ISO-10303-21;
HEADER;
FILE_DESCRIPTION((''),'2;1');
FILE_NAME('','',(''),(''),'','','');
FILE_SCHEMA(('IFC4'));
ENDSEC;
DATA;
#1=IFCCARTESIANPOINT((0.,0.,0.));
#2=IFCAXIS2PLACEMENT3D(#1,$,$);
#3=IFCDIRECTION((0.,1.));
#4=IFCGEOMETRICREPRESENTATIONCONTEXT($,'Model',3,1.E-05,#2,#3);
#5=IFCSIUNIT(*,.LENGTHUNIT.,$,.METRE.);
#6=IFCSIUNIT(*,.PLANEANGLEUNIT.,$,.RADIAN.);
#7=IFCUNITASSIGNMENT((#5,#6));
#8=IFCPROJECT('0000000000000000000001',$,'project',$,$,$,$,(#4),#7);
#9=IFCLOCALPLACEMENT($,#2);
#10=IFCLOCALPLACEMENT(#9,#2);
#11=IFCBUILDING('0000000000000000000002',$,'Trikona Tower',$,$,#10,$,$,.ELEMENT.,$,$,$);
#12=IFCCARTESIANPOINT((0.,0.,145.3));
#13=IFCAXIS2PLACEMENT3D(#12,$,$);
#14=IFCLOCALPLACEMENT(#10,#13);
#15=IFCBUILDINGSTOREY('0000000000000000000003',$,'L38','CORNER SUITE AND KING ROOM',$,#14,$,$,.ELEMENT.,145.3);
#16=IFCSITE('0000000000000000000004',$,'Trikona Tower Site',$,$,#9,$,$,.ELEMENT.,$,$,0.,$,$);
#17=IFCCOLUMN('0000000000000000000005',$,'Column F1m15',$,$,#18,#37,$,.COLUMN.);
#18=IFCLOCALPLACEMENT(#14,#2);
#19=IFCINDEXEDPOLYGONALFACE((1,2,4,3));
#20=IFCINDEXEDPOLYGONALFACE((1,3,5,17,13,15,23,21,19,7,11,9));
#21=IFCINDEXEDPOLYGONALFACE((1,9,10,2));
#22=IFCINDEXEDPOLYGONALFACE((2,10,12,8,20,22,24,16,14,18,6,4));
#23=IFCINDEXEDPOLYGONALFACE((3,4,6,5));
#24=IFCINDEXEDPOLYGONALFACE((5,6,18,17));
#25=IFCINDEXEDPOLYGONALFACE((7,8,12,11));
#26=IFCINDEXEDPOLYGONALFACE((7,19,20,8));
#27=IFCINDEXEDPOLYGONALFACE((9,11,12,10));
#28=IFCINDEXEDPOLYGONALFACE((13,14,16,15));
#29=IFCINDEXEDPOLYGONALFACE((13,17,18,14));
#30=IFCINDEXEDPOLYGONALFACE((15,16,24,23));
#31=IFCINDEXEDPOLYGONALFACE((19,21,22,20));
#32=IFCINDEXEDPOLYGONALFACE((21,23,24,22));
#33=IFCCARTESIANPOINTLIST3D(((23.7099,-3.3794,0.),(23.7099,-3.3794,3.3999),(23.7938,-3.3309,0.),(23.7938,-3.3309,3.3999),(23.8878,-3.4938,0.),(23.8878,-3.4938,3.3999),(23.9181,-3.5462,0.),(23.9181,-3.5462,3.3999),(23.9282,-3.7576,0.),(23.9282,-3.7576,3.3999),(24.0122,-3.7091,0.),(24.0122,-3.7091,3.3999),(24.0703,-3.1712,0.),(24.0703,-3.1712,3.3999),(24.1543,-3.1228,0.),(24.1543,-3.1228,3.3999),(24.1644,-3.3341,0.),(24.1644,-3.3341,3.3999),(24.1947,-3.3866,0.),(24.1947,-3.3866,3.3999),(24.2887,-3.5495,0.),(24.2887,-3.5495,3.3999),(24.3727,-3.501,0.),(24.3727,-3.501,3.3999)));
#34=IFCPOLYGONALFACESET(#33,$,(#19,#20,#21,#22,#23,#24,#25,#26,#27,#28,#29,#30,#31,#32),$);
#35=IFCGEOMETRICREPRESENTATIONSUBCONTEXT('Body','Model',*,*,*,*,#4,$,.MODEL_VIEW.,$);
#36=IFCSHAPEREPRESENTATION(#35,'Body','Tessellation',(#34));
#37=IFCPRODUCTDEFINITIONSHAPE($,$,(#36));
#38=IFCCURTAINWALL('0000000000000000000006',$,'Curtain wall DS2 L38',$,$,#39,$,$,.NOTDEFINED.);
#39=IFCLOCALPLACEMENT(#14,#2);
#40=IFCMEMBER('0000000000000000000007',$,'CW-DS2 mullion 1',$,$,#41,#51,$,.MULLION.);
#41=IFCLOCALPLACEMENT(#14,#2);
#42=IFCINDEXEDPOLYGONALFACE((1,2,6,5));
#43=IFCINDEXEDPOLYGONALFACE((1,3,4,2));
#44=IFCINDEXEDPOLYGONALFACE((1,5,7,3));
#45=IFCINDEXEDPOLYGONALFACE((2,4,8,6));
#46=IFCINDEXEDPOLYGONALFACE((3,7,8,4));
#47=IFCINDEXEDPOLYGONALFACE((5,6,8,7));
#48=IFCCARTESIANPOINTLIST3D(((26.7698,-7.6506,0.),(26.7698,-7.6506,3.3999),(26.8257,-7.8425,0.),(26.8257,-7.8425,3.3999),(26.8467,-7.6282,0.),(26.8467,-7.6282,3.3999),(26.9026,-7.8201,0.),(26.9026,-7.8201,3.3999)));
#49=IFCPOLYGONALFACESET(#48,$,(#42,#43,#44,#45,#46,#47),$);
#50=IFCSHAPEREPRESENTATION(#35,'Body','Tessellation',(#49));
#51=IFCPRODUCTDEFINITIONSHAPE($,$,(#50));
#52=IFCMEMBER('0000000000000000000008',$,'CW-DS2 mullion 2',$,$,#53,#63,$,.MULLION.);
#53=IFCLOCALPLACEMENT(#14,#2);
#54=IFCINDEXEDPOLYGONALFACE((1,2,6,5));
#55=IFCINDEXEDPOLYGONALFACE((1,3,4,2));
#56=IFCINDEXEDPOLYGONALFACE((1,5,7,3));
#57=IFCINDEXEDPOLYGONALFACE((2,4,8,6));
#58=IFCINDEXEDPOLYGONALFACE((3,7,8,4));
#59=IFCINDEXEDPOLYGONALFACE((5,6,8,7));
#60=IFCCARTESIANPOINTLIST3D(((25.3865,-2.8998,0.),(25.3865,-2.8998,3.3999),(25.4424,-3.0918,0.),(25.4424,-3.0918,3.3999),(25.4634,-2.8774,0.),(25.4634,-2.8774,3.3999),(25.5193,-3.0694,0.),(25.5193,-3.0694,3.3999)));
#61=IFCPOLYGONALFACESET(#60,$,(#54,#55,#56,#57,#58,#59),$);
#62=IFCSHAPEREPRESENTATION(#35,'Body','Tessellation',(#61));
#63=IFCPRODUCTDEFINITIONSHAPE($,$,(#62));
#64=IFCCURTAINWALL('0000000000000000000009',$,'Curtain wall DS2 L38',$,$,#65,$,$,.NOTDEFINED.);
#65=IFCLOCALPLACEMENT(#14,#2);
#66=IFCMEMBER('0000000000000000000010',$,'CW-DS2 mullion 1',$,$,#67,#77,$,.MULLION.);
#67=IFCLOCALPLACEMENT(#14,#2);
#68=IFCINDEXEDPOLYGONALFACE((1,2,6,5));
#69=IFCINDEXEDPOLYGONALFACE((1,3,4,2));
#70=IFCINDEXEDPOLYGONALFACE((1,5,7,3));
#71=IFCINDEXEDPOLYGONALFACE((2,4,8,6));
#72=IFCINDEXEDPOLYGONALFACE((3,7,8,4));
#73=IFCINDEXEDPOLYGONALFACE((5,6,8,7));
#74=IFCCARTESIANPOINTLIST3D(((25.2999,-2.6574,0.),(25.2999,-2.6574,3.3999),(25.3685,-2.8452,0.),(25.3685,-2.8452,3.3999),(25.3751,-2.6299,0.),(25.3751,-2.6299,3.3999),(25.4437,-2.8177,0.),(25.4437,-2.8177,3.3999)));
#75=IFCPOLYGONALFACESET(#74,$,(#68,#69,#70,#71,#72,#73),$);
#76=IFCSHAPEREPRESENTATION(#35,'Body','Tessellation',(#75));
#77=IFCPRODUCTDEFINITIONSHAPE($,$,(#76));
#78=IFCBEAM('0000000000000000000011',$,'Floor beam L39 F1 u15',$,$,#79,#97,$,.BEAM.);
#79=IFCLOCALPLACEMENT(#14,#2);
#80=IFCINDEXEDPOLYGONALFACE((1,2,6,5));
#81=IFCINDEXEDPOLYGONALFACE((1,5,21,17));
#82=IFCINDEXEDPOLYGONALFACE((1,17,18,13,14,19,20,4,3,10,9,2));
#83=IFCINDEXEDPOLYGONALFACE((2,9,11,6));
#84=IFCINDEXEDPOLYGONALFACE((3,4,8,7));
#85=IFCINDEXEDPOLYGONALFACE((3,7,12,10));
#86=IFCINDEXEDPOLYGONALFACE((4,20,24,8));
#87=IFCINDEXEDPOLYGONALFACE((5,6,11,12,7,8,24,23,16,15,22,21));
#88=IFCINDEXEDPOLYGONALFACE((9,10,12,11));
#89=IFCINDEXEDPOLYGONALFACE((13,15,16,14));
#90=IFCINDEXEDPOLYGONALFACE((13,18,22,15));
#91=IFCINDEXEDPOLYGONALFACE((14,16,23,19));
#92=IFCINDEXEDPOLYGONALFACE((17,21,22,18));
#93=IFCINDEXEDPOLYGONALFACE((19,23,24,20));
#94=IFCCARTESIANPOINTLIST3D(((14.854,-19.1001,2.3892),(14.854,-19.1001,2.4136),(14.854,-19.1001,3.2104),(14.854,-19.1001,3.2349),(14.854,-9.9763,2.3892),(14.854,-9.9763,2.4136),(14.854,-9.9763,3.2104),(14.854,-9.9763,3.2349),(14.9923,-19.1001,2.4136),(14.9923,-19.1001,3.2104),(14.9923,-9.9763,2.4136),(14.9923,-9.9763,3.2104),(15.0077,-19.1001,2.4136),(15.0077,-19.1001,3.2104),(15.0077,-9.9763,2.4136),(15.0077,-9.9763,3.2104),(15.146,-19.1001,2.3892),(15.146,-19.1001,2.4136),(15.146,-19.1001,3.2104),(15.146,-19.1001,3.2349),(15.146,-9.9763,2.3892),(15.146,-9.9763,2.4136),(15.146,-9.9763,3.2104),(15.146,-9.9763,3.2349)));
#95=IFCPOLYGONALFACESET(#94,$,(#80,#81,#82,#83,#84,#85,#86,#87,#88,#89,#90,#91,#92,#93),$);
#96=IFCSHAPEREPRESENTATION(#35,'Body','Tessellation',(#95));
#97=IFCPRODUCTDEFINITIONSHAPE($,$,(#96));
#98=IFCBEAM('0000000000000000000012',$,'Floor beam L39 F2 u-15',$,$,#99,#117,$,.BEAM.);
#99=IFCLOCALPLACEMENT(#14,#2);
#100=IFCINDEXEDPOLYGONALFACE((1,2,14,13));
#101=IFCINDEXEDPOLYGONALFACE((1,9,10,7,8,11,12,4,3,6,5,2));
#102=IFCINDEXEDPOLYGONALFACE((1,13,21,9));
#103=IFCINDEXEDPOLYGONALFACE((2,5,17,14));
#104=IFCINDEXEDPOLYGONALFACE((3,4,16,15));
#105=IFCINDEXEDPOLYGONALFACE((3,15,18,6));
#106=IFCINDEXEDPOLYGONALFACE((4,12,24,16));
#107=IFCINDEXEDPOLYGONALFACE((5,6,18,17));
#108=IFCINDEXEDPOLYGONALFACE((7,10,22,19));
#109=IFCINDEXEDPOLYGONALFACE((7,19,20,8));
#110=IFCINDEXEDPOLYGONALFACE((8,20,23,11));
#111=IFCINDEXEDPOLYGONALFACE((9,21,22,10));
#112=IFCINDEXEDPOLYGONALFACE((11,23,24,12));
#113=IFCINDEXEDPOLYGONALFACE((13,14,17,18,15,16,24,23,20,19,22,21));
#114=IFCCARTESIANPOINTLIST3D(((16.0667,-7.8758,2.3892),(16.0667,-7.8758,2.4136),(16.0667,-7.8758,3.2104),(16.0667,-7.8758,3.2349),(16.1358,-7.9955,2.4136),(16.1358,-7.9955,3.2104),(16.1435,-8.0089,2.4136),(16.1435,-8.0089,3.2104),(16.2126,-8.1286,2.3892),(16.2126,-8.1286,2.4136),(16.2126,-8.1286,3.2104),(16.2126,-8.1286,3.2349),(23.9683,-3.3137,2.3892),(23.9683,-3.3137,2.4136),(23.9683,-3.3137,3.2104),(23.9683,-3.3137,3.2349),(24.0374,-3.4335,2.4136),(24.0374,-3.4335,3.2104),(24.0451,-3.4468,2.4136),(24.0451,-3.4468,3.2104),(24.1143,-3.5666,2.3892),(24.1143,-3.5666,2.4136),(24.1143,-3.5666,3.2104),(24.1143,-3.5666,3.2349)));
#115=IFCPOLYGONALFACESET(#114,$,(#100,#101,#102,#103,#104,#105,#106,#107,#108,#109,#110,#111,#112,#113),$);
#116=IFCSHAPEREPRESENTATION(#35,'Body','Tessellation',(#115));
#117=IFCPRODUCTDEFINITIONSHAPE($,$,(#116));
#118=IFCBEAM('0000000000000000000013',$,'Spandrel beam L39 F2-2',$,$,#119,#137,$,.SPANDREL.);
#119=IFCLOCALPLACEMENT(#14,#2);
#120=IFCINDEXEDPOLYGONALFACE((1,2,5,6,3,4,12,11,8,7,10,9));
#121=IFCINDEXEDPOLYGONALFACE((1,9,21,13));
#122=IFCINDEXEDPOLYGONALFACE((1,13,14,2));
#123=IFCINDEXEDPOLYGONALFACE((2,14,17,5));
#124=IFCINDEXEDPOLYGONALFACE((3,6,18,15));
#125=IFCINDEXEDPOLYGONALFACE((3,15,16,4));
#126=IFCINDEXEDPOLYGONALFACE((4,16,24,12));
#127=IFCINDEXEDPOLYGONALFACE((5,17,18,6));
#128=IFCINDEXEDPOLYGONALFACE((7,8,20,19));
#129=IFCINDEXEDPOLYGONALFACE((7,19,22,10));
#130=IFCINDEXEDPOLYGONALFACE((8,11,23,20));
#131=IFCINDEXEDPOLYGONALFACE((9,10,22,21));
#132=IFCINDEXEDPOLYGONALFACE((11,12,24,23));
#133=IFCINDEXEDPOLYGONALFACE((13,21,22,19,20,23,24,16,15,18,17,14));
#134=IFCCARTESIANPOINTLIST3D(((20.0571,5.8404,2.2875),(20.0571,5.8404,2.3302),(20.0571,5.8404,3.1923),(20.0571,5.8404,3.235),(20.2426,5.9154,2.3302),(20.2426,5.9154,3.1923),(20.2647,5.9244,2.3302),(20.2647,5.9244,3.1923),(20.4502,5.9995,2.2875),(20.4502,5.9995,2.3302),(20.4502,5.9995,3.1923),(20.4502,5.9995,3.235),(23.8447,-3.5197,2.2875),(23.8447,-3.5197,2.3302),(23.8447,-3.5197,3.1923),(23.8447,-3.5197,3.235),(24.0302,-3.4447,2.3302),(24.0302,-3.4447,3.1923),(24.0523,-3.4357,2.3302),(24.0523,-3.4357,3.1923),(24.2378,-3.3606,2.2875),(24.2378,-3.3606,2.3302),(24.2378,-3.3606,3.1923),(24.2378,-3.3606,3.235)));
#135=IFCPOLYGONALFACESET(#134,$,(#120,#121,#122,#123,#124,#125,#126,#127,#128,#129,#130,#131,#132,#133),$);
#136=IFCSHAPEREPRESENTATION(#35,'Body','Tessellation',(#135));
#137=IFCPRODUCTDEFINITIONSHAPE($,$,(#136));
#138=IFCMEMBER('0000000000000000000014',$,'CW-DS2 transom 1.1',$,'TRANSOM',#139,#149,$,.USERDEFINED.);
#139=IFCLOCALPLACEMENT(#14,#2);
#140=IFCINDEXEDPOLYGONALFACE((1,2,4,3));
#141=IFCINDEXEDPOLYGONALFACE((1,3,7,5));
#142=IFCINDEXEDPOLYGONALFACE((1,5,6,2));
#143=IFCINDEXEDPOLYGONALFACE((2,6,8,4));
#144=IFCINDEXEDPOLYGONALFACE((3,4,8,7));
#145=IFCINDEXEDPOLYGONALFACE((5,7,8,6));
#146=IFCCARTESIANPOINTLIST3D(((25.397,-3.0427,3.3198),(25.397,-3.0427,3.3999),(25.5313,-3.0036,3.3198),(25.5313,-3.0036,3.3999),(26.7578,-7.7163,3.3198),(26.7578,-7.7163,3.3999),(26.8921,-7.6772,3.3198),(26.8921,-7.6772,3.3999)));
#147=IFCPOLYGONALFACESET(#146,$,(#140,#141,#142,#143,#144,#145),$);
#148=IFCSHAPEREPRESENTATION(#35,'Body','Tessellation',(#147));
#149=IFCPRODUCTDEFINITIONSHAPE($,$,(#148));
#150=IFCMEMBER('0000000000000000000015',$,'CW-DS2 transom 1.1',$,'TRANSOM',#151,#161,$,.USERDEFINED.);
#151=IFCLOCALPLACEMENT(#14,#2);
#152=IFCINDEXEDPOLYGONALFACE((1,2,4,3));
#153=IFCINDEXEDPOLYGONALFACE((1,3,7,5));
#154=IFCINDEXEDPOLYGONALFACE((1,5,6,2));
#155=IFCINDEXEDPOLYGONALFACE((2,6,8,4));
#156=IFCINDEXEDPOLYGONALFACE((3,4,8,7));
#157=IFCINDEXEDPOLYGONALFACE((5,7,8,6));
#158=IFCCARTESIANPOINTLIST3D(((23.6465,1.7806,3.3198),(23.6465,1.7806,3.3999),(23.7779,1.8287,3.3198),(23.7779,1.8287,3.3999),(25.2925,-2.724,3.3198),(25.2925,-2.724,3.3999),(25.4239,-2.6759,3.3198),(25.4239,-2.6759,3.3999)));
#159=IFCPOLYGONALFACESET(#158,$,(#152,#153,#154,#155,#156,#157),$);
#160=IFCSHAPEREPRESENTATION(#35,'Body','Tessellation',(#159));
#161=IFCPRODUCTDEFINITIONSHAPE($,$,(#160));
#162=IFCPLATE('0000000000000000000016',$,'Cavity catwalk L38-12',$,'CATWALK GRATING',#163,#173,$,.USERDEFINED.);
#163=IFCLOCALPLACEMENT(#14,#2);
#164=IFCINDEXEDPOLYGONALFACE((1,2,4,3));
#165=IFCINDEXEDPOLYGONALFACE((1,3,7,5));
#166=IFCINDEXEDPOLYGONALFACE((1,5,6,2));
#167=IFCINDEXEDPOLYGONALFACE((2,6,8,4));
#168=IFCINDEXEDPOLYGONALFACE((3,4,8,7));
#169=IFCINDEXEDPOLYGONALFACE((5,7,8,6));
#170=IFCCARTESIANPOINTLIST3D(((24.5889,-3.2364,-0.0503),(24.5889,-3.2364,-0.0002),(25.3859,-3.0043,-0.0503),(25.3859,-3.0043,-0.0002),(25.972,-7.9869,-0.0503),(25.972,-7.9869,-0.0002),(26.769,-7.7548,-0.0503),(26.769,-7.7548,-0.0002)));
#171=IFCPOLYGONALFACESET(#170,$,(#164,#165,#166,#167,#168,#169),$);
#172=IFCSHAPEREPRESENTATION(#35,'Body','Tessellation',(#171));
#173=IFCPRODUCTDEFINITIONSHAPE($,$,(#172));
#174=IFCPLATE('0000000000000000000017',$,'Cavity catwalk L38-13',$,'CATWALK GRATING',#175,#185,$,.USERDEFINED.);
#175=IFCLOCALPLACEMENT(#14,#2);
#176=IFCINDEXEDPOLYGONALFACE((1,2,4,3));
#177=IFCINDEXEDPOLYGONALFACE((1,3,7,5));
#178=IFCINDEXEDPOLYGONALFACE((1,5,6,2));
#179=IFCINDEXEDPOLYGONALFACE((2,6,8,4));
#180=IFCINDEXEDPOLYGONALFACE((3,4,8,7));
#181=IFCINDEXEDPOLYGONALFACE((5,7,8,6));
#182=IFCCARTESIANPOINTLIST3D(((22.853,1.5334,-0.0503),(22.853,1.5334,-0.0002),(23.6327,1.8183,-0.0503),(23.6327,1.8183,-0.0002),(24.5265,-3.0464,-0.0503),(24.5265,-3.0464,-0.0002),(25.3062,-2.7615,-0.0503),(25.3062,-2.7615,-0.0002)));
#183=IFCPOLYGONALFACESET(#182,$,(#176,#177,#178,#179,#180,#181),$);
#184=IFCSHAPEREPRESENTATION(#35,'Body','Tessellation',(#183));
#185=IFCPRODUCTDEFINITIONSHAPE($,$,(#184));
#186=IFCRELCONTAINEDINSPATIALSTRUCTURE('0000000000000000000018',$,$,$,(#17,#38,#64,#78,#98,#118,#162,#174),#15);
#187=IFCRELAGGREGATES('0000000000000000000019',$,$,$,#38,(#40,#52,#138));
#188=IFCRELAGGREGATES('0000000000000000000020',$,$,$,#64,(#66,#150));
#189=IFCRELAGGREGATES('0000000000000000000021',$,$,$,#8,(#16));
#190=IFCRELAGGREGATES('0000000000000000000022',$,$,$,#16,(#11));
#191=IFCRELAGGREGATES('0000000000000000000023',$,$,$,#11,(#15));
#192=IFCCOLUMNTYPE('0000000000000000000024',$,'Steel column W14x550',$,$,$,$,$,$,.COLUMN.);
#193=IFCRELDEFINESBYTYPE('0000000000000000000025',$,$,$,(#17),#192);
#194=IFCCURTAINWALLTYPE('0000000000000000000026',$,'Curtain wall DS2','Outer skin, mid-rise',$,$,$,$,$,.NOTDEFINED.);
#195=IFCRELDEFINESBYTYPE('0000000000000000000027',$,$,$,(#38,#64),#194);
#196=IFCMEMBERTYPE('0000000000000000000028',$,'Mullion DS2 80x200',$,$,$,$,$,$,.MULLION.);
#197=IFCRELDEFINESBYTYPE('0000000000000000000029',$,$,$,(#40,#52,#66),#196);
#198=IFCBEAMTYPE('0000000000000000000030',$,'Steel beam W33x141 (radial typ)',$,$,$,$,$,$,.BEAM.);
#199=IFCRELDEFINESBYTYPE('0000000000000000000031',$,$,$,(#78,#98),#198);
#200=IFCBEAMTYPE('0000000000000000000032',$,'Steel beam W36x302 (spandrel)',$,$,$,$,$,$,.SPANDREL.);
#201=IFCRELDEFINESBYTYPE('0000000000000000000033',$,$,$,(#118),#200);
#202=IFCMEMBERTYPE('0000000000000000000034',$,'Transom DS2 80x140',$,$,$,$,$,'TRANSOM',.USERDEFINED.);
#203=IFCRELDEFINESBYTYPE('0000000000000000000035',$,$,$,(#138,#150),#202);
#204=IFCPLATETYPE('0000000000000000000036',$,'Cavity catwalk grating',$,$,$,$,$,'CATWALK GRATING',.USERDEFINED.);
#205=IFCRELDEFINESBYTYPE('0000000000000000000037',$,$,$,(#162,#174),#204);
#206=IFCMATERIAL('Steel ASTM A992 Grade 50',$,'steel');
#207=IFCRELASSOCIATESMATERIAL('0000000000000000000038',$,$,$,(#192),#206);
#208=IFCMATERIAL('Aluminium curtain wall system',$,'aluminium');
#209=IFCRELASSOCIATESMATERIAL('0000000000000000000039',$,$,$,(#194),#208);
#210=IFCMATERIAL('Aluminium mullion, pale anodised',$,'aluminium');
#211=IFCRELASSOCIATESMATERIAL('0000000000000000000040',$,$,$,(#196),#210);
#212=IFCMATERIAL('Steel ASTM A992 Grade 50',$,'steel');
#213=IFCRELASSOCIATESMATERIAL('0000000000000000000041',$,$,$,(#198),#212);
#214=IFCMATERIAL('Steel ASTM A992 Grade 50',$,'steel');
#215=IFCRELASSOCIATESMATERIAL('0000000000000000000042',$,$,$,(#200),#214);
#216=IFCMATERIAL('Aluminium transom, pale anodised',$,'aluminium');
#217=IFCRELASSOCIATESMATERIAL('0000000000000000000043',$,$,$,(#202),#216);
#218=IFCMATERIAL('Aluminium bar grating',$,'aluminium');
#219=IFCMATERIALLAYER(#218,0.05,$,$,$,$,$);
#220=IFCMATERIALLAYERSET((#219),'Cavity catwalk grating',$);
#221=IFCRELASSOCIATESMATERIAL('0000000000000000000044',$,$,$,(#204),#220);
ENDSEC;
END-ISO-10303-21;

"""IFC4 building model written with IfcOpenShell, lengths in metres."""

from ifc_helpers import new_model, si_unit, direction, frame, origin, origin_2d, place, context, subcontext, project, spatial, rectangle, i_section, extrude, material, layer, layer_set, material_profile, profile_set, type_object, element, aggregate, save


model = new_model("IFC4")

# Units and contexts
model_context = context("Model", 3, precision=1e-05, world=origin(), true_north=direction((0.0, 1.0)))
body_context = subcontext(model_context, "Body", "Model", "MODEL_VIEW")
ifc_project = project(units=[si_unit("LENGTHUNIT", "METRE"), si_unit("PLANEANGLEUNIT", "RADIAN")], contexts=[model_context])

# Site, building, storey
site_placement = place(None, origin())
site = spatial("IfcSite", under=ifc_project, at=site_placement, Name="Trikona Tower Site", CompositionType="ELEMENT", RefElevation=0.0)
building_placement = place(site_placement, origin())
building = spatial("IfcBuilding", under=site, at=building_placement, Name="Trikona Tower", CompositionType="ELEMENT")
storey_placement = place(building_placement, frame((0.0, 0.0, 145.3)))
storey = spatial("IfcBuildingStorey", under=building, at=storey_placement, Name="L38", Description="CORNER SUITE AND KING ROOM", CompositionType="ELEMENT", Elevation=145.3)

# Column
ifc_material_1 = material(Name="Steel ASTM A992 Grade 50", Category="steel")
ifc_material_profile_1 = material_profile(ifc_material_1, i_section(OverallWidth=0.4368, OverallDepth=0.5132, WebThickness=0.0605, FlangeThickness=0.0969, at=origin_2d()), Name="W14X550")
ifc_profile_set_1 = profile_set([ifc_material_profile_1], Name="Steel ASTM A992 Grade 50")
column_type = type_object("IfcColumnType", Name="Steel column W14x550", PredefinedType="COLUMN", material=ifc_profile_set_1)
column_placement = place(storey_placement, frame((24.0413, -3.4402, 0.0), z_axis=(0.0, 0.0, 1.0), x_axis=(-0.5, 0.866025, 0.0)))
element("IfcColumn", 1, at=column_placement, inside=storey, type_object=column_type, Name="Column F1m15", PredefinedType="COLUMN", context=body_context, shape_type="SweptSolid", body=[
    extrude(i_section(OverallWidth=0.4368, OverallDepth=0.5132, WebThickness=0.0605, FlangeThickness=0.0969, at=origin_2d()), origin(), (0.0, 0.0, 1.0), 3.3999),
])

# Curtain wall, members
ifc_material_2 = material(Name="Aluminium curtain wall system", Category="aluminium")
curtain_wall_type = type_object("IfcCurtainWallType", Name="Curtain wall DS2", Description="Outer skin, mid-rise", PredefinedType="NOTDEFINED", material=ifc_material_2)
curtain_wall_1_placement = place(storey_placement, origin())
curtain_wall_1 = element("IfcCurtainWall", 2, at=curtain_wall_1_placement, inside=storey, type_object=curtain_wall_type, Name="Curtain wall DS2 L38", PredefinedType="NOTDEFINED")
ifc_material_3 = material(Name="Aluminium mullion, pale anodised", Category="aluminium")
ifc_material_profile_2 = material_profile(ifc_material_3, rectangle(XDim=0.0801, YDim=0.2, at=origin_2d()), Name="MUL-DS2")
ifc_profile_set_2 = profile_set([ifc_material_profile_2], Name="Aluminium mullion, pale anodised")
member_type_1 = type_object("IfcMemberType", Name="Mullion DS2 80x200", PredefinedType="MULLION", material=ifc_profile_set_2)
member_1_placement = place(storey_placement, frame((26.8362, -7.7354, 0.0), z_axis=(0.0, 0.0, 1.0), x_axis=(-0.960133, -0.279543, 0.0)))
member_1 = element("IfcMember", 3, at=member_1_placement, type_object=member_type_1, Name="CW-DS2 mullion 1", PredefinedType="MULLION", context=body_context, shape_type="SweptSolid", body=[
    extrude(rectangle(XDim=0.0801, YDim=0.2, at=origin_2d()), origin(), (0.0, 0.0, 1.0), 3.3999),
])
member_2_placement = place(storey_placement, frame((25.4529, -2.9846, 0.0), z_axis=(0.0, 0.0, 1.0), x_axis=(-0.960133, -0.279543, 0.0)))
member_2 = element("IfcMember", 4, at=member_2_placement, type_object=member_type_1, Name="CW-DS2 mullion 2", PredefinedType="MULLION", context=body_context, shape_type="SweptSolid", body=[
    extrude(rectangle(XDim=0.0801, YDim=0.2, at=origin_2d()), origin(), (0.0, 0.0, 1.0), 3.3999),
])

# Curtain wall, member
curtain_wall_2_placement = place(storey_placement, origin())
curtain_wall_2 = element("IfcCurtainWall", 5, at=curtain_wall_2_placement, inside=storey, type_object=curtain_wall_type, Name="Curtain wall DS2 L38", PredefinedType="NOTDEFINED")
member_3_placement = place(storey_placement, frame((25.3718, -2.7375, 0.0), z_axis=(0.0, 0.0, 1.0), x_axis=(-0.939254, -0.343223, 0.0)))
member_3 = element("IfcMember", 6, at=member_3_placement, type_object=member_type_1, Name="CW-DS2 mullion 1", PredefinedType="MULLION", context=body_context, shape_type="SweptSolid", body=[
    extrude(rectangle(XDim=0.0801, YDim=0.2, at=origin_2d()), origin(), (0.0, 0.0, 1.0), 3.3999),
])

# Beams
ifc_material_4 = material(Name="Steel ASTM A992 Grade 50", Category="steel")
ifc_material_profile_3 = material_profile(ifc_material_4, i_section(OverallWidth=0.292, OverallDepth=0.8457, WebThickness=0.0154, FlangeThickness=0.0244, at=origin_2d()), Name="W33X141")
ifc_profile_set_3 = profile_set([ifc_material_profile_3], Name="Steel ASTM A992 Grade 50")
beam_type_1 = type_object("IfcBeamType", Name="Steel beam W33x141 (radial typ)", PredefinedType="BEAM", material=ifc_profile_set_3)
beam_1_placement = place(storey_placement, frame((15.0, -9.9763, 2.812), z_axis=(0.0, -1.0, 0.0), x_axis=(1.0, 0.0, 0.0)))
element("IfcBeam", 7, at=beam_1_placement, inside=storey, type_object=beam_type_1, Name="Floor beam L39 F1 u15", PredefinedType="BEAM", context=body_context, shape_type="SweptSolid", body=[
    extrude(i_section(OverallWidth=0.292, OverallDepth=0.8457, WebThickness=0.0154, FlangeThickness=0.0244, at=origin_2d()), origin(), (0.0, 0.0, 1.0), 9.1238),
])
beam_2_placement = place(storey_placement, frame((16.1396, -8.0022, 2.812), z_axis=(0.866025, 0.500001, 0.0), x_axis=(-0.500001, 0.866025, 0.0)))
element("IfcBeam", 8, at=beam_2_placement, inside=storey, type_object=beam_type_1, Name="Floor beam L39 F2 u-15", PredefinedType="BEAM", context=body_context, shape_type="SweptSolid", body=[
    extrude(i_section(OverallWidth=0.292, OverallDepth=0.8457, WebThickness=0.0154, FlangeThickness=0.0244, at=origin_2d()), origin(), (0.0, 0.0, 1.0), 9.124),
])
ifc_material_5 = material(Name="Steel ASTM A992 Grade 50", Category="steel")
ifc_material_profile_4 = material_profile(ifc_material_5, i_section(OverallWidth=0.4241, OverallDepth=0.9475, WebThickness=0.0239, FlangeThickness=0.0427, at=origin_2d()), Name="W36X302")
ifc_profile_set_4 = profile_set([ifc_material_profile_4], Name="Steel ASTM A992 Grade 50")
beam_type_2 = type_object("IfcBeamType", Name="Steel beam W36x302 (spandrel)", PredefinedType="SPANDREL", material=ifc_profile_set_4)
beam_3_placement = place(storey_placement, frame((24.0413, -3.4402, 2.7612), z_axis=(-0.375106, 0.926982, 0.0), x_axis=(-0.926982, -0.375106, 0.0)))
element("IfcBeam", 9, at=beam_3_placement, inside=storey, type_object=beam_type_2, Name="Spandrel beam L39 F2-2", PredefinedType="SPANDREL", context=body_context, shape_type="SweptSolid", body=[
    extrude(i_section(OverallWidth=0.4241, OverallDepth=0.9475, WebThickness=0.0239, FlangeThickness=0.0427, at=origin_2d()), origin(), (0.0, 0.0, 1.0), 10.0974),
])

# Members
ifc_material_6 = material(Name="Aluminium transom, pale anodised", Category="aluminium")
ifc_material_profile_5 = material_profile(ifc_material_6, rectangle(XDim=0.1399, YDim=0.0801, at=origin_2d()), Name="TRN-DS2")
ifc_profile_set_5 = profile_set([ifc_material_profile_5], Name="Aluminium transom, pale anodised")
member_type_2 = type_object("IfcMemberType", Name="Transom DS2 80x140", ElementType="TRANSOM", PredefinedType="USERDEFINED", material=ifc_profile_set_5)
member_4_placement = place(storey_placement, frame((26.825, -7.6968, 3.3599), z_axis=(-0.279567, 0.960126, 0.0), x_axis=(-0.960126, -0.279567, 0.0)))
member_4 = element("IfcMember", 10, at=member_4_placement, type_object=member_type_2, Name="CW-DS2 transom 1.1", ObjectType="TRANSOM", PredefinedType="USERDEFINED", context=body_context, shape_type="SweptSolid", body=[
    extrude(rectangle(XDim=0.1399, YDim=0.0801, at=origin_2d()), origin(), (0.0, 0.0, 1.0), 4.8677),
])
member_5_placement = place(storey_placement, frame((25.3582, -2.7, 3.3599), z_axis=(-0.343206, 0.93926, 0.0), x_axis=(-0.93926, -0.343206, 0.0)))
member_5 = element("IfcMember", 11, at=member_5_placement, type_object=member_type_2, Name="CW-DS2 transom 1.1", ObjectType="TRANSOM", PredefinedType="USERDEFINED", context=body_context, shape_type="SweptSolid", body=[
    extrude(rectangle(XDim=0.1399, YDim=0.0801, at=origin_2d()), origin(), (0.0, 0.0, 1.0), 4.7959),
])

# Plates
ifc_material_7 = material(Name="Aluminium bar grating", Category="aluminium")
ifc_layer_1 = layer(ifc_material_7, 0.05)
ifc_layer_set_1 = layer_set([ifc_layer_1], Name="Cavity catwalk grating")
plate_type_1 = type_object("IfcPlateType", Name="Cavity catwalk grating", ElementType="CATWALK GRATING", PredefinedType="USERDEFINED", material=ifc_layer_set_1)
plate_1_placement = place(storey_placement, frame((25.679, -5.4956, -0.0503), z_axis=(0.0, 0.0, 1.0), x_axis=(-0.279554, 0.96013, 0.0)))
element("IfcPlate", 12, at=plate_1_placement, inside=storey, type_object=plate_type_1, Name="Cavity catwalk L38-12", ObjectType="CATWALK GRATING", PredefinedType="USERDEFINED", context=body_context, shape_type="SweptSolid", body=[
    extrude(rectangle(XDim=4.9478, YDim=0.8301, at=origin_2d()), origin(), (0.0, 0.0, 1.0), 0.05),
])
plate_2_placement = place(storey_placement, frame((24.0796, -0.614, -0.0503), z_axis=(0.0, 0.0, 1.0), x_axis=(-0.34322, 0.939255, 0.0)))
element("IfcPlate", 13, at=plate_2_placement, inside=storey, type_object=plate_type_1, Name="Cavity catwalk L38-13", ObjectType="CATWALK GRATING", PredefinedType="USERDEFINED", context=body_context, shape_type="SweptSolid", body=[
    extrude(rectangle(XDim=4.876, YDim=0.8301, at=origin_2d()), origin(), (0.0, 0.0, 1.0), 0.05),
])

aggregate(curtain_wall_1, [member_1, member_2, member_4])
aggregate(curtain_wall_2, [member_3, member_5])

save(model, "model.ifc")
